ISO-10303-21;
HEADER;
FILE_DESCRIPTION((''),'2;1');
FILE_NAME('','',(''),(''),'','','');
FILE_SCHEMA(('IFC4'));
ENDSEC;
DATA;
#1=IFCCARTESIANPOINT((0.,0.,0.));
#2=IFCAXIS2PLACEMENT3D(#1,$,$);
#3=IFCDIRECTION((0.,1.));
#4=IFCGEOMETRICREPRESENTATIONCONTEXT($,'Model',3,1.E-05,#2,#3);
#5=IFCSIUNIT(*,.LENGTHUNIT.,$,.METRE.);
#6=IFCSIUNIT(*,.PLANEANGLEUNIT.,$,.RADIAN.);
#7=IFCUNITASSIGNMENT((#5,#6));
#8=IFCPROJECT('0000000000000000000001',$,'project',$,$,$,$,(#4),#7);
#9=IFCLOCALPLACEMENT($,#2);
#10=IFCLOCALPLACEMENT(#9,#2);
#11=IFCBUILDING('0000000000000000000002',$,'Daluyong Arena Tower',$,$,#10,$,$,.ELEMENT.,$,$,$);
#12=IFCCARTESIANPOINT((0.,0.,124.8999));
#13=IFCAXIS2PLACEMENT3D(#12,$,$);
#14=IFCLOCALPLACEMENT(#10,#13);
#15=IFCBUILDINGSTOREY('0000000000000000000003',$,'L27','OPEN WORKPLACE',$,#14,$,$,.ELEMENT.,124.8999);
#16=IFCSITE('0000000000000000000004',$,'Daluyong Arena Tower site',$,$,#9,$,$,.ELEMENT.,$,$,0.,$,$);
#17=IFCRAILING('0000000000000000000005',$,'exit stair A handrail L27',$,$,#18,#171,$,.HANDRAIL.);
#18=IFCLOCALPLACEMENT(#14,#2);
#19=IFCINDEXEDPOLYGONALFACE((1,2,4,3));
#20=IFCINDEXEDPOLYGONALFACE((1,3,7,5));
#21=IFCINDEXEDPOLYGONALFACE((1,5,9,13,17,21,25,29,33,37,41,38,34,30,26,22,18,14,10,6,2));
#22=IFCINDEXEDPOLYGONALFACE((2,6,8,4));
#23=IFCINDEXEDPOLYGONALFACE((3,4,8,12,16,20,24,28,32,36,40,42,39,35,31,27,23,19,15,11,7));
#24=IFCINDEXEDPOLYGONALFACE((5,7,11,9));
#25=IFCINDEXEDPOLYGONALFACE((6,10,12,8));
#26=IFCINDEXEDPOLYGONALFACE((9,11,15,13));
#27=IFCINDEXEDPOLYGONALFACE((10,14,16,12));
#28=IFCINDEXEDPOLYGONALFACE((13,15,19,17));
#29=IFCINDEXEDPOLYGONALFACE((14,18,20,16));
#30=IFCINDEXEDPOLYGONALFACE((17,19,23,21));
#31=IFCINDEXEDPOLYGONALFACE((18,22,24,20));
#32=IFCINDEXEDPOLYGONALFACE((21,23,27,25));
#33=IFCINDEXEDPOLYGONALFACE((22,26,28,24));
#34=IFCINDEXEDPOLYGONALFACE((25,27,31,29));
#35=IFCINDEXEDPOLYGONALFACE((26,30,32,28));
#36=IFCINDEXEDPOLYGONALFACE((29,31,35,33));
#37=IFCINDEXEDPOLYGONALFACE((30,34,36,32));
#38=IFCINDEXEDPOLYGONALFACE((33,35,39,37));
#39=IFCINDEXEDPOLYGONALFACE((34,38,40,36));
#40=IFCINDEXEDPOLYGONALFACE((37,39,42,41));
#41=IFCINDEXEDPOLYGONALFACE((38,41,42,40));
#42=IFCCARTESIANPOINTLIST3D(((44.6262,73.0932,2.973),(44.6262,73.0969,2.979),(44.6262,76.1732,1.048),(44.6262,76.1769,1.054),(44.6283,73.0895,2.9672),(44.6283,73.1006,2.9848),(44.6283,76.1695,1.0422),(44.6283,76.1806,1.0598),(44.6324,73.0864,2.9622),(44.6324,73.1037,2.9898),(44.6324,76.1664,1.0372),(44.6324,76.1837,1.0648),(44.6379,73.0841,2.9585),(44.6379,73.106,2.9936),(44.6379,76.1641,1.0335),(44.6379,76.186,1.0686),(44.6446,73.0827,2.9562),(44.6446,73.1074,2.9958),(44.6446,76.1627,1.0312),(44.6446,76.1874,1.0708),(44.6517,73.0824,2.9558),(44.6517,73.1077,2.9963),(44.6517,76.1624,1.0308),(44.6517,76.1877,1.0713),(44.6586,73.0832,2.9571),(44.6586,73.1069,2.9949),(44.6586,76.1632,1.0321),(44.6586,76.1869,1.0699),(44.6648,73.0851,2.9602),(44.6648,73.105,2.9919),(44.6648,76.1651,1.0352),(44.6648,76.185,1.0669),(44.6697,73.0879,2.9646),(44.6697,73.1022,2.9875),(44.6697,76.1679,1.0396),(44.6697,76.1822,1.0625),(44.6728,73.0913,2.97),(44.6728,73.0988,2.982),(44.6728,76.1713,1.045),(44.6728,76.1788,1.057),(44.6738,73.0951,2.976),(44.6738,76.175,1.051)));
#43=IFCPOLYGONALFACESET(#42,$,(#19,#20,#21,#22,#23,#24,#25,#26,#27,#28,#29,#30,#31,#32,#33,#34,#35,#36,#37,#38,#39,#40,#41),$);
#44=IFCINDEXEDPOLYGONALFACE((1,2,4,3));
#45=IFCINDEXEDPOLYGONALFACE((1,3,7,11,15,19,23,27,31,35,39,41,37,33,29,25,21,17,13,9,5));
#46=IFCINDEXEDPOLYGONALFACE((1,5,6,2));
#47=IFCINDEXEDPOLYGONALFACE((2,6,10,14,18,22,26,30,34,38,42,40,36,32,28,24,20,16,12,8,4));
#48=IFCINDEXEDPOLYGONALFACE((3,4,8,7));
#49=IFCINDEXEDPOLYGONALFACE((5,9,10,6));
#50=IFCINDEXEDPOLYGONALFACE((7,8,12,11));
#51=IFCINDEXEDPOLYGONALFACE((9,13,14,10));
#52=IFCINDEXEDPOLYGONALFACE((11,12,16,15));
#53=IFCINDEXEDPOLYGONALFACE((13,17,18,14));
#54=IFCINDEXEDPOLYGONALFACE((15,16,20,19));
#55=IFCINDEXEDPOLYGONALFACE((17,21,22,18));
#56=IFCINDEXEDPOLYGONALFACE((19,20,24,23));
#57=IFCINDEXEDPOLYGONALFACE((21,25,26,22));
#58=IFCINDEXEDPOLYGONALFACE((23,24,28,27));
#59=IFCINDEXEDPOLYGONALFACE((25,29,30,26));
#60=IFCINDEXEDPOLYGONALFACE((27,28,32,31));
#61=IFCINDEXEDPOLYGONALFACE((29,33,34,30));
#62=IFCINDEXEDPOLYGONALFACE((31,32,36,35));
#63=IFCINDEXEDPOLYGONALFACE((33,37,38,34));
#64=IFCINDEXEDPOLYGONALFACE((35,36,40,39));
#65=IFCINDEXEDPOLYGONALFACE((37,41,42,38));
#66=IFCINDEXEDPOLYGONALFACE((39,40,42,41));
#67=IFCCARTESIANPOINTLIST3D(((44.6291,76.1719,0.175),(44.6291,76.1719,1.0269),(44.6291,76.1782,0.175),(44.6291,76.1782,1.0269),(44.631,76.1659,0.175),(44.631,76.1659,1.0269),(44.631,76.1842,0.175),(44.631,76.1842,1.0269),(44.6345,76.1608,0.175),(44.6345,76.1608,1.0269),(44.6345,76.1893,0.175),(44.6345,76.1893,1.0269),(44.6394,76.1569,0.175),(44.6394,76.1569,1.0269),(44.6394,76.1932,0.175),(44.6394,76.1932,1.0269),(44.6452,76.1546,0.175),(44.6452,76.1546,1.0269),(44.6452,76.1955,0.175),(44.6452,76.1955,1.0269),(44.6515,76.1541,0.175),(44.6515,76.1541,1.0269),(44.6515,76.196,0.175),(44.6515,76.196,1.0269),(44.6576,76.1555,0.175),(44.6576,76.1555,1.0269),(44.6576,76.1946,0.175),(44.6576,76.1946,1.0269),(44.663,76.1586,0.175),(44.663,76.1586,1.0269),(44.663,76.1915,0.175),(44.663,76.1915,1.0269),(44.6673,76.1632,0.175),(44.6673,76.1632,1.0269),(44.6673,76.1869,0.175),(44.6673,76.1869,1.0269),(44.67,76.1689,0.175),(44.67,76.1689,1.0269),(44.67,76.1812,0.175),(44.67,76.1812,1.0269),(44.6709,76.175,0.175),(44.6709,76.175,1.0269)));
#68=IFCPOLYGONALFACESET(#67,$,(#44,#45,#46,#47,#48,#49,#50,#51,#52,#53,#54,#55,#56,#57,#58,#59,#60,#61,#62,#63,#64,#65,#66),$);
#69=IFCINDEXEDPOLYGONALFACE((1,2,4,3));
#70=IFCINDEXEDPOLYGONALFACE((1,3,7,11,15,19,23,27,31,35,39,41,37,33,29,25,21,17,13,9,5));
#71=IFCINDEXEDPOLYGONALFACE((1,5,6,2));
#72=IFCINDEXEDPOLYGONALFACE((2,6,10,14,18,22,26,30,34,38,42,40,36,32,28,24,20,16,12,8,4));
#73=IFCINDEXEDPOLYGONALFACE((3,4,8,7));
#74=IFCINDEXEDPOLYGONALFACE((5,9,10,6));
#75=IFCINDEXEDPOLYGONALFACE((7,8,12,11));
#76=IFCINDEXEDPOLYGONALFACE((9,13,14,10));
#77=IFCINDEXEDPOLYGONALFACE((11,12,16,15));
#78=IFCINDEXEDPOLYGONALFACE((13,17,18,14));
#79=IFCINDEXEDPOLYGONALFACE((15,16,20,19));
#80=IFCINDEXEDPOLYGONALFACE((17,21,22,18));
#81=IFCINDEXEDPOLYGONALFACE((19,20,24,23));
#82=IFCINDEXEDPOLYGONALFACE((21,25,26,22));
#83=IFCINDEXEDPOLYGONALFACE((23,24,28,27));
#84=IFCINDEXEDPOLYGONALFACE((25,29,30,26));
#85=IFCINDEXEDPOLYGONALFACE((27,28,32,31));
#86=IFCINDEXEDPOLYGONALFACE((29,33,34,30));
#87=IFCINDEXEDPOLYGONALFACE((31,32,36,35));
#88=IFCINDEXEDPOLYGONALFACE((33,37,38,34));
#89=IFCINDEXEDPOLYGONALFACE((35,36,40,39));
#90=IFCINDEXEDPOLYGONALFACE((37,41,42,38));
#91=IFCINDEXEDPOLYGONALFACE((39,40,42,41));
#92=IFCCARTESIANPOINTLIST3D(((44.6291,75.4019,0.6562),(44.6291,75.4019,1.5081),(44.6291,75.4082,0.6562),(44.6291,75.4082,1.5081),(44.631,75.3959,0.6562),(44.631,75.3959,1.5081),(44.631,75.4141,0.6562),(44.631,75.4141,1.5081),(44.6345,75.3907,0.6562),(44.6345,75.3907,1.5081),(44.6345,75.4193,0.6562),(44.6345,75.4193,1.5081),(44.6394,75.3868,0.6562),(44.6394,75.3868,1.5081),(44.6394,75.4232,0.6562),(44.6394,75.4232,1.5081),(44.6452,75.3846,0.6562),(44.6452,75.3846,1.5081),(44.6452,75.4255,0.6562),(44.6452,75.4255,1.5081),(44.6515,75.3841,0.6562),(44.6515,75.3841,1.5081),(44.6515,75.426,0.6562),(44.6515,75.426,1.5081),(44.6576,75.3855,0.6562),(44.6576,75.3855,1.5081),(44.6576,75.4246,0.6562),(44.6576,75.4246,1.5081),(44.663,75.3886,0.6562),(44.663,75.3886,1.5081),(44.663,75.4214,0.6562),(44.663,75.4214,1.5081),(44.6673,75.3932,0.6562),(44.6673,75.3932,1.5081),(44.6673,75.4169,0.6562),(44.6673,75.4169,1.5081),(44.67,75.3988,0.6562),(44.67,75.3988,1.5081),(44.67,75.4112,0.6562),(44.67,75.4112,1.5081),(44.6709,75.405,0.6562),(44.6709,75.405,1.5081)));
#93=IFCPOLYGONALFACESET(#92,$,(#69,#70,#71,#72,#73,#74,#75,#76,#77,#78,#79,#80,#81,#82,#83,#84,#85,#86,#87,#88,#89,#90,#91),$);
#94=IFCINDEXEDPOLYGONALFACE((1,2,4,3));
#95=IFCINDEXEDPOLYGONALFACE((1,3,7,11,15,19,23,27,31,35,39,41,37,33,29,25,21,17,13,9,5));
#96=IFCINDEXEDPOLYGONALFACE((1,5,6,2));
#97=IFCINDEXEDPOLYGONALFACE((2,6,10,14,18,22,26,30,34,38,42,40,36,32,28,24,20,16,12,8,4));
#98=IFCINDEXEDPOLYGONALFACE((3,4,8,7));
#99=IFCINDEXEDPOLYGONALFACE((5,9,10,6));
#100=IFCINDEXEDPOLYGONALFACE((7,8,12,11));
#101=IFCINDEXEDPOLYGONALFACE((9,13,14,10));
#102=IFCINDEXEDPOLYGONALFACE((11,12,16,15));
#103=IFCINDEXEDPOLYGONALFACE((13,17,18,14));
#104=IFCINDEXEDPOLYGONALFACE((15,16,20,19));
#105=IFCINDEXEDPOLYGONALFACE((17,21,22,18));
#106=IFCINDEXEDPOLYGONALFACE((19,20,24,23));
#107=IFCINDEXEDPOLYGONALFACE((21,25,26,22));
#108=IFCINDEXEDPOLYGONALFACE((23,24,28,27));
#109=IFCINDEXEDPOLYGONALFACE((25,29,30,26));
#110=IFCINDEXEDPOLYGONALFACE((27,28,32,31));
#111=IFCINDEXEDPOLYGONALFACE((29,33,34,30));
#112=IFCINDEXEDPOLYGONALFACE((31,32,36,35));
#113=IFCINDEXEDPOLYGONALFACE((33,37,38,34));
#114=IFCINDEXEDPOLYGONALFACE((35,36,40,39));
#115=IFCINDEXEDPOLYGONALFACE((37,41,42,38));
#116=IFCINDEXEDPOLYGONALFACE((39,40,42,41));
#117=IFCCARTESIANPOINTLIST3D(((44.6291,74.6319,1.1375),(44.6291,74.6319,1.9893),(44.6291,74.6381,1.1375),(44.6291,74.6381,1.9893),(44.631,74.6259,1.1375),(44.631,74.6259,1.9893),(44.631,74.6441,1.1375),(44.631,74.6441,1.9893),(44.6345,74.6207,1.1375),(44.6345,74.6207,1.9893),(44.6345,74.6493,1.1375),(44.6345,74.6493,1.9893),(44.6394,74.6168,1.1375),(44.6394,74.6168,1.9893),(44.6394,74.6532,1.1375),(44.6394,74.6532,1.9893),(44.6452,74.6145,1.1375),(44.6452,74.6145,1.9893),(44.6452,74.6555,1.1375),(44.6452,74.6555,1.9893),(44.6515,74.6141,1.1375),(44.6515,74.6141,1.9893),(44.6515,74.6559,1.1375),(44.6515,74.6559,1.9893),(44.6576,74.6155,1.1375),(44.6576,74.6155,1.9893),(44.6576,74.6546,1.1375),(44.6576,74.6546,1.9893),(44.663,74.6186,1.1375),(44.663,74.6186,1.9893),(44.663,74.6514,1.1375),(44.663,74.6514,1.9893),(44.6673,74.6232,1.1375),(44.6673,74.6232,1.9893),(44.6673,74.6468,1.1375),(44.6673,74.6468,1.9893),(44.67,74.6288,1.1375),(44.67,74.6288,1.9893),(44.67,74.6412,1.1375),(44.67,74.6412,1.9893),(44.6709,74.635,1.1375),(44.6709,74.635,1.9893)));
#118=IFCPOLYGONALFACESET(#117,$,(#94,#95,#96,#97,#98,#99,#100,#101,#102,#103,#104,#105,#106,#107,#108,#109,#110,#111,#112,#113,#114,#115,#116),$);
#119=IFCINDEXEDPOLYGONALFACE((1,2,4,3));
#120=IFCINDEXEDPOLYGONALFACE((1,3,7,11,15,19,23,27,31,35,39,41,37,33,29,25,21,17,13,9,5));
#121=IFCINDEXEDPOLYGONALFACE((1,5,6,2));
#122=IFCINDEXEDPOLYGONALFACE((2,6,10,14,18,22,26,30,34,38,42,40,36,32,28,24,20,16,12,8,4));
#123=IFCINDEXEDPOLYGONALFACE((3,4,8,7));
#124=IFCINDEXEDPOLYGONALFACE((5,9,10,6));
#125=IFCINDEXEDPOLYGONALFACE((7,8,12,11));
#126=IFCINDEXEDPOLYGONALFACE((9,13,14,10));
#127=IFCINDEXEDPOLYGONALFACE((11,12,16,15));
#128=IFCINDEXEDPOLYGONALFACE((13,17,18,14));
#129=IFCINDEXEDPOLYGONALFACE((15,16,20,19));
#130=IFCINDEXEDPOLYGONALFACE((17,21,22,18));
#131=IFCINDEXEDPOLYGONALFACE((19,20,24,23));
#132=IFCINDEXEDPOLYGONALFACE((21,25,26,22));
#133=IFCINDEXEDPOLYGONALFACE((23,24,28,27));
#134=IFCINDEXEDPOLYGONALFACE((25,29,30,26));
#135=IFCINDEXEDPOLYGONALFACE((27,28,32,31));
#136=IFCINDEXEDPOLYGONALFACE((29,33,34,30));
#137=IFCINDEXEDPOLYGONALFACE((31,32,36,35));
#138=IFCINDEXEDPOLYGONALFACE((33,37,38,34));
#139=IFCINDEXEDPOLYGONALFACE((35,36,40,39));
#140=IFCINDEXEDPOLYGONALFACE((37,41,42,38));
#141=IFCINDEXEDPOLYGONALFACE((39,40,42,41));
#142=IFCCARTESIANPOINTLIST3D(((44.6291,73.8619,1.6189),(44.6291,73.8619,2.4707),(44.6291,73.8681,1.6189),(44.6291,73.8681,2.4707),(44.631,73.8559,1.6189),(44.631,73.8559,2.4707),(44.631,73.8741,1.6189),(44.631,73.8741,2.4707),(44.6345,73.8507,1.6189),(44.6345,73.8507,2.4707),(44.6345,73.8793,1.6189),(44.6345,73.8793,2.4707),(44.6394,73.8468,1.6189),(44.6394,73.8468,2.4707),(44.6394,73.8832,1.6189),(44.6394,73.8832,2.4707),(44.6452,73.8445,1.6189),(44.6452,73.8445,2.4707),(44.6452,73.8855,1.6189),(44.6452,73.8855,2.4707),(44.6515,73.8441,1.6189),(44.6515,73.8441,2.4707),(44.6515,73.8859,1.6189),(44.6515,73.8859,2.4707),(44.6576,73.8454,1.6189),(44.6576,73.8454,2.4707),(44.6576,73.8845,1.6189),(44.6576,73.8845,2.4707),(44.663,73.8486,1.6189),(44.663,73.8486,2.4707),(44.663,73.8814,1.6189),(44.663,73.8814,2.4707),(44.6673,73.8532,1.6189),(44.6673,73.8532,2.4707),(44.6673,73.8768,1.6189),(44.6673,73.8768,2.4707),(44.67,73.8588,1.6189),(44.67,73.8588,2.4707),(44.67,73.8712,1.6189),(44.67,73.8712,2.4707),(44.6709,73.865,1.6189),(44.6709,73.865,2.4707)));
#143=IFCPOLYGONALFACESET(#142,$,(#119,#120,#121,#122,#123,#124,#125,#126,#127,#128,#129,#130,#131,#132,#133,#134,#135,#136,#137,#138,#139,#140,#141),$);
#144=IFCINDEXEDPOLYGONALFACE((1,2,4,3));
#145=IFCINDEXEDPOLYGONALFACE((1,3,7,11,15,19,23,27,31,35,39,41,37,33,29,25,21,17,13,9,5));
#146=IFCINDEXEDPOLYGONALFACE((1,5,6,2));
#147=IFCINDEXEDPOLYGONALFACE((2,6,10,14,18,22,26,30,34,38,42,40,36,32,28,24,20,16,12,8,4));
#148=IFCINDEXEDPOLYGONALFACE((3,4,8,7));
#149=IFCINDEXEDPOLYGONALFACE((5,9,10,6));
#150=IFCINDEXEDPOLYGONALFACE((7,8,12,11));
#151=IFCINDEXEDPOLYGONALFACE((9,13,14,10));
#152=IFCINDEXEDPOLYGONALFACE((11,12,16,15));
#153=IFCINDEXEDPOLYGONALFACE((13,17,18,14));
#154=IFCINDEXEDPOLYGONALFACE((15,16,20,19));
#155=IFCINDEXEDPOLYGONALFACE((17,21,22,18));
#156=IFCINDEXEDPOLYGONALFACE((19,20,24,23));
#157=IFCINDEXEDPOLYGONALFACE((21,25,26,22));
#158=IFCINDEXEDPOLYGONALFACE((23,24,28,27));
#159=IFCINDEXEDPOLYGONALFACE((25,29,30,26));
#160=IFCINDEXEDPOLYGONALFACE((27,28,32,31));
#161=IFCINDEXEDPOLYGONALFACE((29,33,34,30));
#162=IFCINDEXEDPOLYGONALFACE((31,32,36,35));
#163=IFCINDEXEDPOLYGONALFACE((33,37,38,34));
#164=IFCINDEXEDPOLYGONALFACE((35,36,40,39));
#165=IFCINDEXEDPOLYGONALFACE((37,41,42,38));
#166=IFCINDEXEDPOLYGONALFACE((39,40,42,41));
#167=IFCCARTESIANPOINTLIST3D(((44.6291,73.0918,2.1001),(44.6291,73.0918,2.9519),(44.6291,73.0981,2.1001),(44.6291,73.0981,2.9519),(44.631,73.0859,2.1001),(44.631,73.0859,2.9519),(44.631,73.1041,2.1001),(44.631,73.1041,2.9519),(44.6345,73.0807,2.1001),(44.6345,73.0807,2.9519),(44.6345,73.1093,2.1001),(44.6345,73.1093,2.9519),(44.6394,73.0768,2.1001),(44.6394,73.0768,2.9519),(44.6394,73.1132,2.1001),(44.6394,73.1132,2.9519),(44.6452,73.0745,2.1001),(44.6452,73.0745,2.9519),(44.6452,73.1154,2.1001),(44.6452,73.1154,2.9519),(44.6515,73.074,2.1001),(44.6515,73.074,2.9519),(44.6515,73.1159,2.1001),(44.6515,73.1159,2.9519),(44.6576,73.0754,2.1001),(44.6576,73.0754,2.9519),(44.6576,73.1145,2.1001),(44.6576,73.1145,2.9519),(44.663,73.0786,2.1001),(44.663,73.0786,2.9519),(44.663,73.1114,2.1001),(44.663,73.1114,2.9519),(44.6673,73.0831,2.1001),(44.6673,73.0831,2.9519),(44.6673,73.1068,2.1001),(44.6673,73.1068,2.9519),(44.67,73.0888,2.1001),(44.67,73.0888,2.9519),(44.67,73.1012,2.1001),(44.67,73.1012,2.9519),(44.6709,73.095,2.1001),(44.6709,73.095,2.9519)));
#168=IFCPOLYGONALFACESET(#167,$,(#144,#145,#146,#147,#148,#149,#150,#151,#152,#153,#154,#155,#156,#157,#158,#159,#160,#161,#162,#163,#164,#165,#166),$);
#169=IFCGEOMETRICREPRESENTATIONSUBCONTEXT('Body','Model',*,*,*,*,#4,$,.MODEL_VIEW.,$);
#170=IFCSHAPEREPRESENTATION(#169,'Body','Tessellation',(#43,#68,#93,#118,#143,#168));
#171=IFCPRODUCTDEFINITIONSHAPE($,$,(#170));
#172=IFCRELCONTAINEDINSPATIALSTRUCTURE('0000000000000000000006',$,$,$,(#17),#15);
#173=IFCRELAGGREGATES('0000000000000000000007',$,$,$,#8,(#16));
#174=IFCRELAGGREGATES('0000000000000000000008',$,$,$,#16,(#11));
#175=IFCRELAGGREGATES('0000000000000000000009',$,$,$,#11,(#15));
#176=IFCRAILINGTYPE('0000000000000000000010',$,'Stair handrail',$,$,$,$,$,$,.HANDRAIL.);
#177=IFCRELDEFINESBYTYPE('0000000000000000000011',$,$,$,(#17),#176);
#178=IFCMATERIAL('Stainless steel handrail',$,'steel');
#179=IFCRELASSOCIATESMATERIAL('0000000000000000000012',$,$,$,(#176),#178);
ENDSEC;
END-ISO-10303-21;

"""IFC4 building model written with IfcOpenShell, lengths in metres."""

from ifc_helpers import new_model, si_unit, direction, frame, origin, origin_2d, place, context, subcontext, project, spatial, circle, extrude, material, type_object, element, save


model = new_model("IFC4")

# Units and contexts
model_context = context("Model", 3, precision=1e-05, world=origin(), true_north=direction((0.0, 1.0)))
body_context = subcontext(model_context, "Body", "Model", "MODEL_VIEW")
ifc_project = project(units=[si_unit("LENGTHUNIT", "METRE"), si_unit("PLANEANGLEUNIT", "RADIAN")], contexts=[model_context])

# Site, building, storey
site_placement = place(None, origin())
site = spatial("IfcSite", under=ifc_project, at=site_placement, Name="Daluyong Arena Tower site", CompositionType="ELEMENT", RefElevation=0.0)
building_placement = place(site_placement, origin())
building = spatial("IfcBuilding", under=site, at=building_placement, Name="Daluyong Arena Tower", CompositionType="ELEMENT")
storey_placement = place(building_placement, frame((0.0, 0.0, 124.8999)))
storey = spatial("IfcBuildingStorey", under=building, at=storey_placement, Name="L27", Description="OPEN WORKPLACE", CompositionType="ELEMENT", Elevation=124.8999)

# Railing
ifc_material_1 = material(Name="Stainless steel handrail", Category="steel")
railing_type_1 = type_object("IfcRailingType", Name="Stair handrail", PredefinedType="HANDRAIL", material=ifc_material_1)
railing_1_placement = place(storey_placement, frame((44.6499, 76.175, 0.175)))
element("IfcRailing", 1, at=railing_1_placement, inside=storey, type_object=railing_type_1, Name="exit stair A handrail L27", PredefinedType="HANDRAIL", context=body_context, shape_type="SweptSolid", body=[
    extrude(circle(Radius=0.0239, at=origin_2d()), frame((0.0, 0.0, 0.876), z_axis=(0.0, -0.847998, 0.529999), x_axis=(1.0, 0.0, 0.0)), (0.0, 0.0, 1.0), 3.6321),
    extrude(circle(Radius=0.021, at=origin_2d()), origin(), (0.0, 0.0, 1.0), 0.8518),
    extrude(circle(Radius=0.021, at=origin_2d()), frame((0.0, -0.77, 0.4812)), (0.0, 0.0, 1.0), 0.8518),
    extrude(circle(Radius=0.021, at=origin_2d()), frame((0.0, -1.54, 0.9624)), (0.0, 0.0, 1.0), 0.8518),
    extrude(circle(Radius=0.021, at=origin_2d()), frame((0.0, -2.3101, 1.4438)), (0.0, 0.0, 1.0), 0.8518),
    extrude(circle(Radius=0.021, at=origin_2d()), frame((0.0, -3.0801, 1.925)), (0.0, 0.0, 1.0), 0.8518),
])

save(model, "model.ifc")
